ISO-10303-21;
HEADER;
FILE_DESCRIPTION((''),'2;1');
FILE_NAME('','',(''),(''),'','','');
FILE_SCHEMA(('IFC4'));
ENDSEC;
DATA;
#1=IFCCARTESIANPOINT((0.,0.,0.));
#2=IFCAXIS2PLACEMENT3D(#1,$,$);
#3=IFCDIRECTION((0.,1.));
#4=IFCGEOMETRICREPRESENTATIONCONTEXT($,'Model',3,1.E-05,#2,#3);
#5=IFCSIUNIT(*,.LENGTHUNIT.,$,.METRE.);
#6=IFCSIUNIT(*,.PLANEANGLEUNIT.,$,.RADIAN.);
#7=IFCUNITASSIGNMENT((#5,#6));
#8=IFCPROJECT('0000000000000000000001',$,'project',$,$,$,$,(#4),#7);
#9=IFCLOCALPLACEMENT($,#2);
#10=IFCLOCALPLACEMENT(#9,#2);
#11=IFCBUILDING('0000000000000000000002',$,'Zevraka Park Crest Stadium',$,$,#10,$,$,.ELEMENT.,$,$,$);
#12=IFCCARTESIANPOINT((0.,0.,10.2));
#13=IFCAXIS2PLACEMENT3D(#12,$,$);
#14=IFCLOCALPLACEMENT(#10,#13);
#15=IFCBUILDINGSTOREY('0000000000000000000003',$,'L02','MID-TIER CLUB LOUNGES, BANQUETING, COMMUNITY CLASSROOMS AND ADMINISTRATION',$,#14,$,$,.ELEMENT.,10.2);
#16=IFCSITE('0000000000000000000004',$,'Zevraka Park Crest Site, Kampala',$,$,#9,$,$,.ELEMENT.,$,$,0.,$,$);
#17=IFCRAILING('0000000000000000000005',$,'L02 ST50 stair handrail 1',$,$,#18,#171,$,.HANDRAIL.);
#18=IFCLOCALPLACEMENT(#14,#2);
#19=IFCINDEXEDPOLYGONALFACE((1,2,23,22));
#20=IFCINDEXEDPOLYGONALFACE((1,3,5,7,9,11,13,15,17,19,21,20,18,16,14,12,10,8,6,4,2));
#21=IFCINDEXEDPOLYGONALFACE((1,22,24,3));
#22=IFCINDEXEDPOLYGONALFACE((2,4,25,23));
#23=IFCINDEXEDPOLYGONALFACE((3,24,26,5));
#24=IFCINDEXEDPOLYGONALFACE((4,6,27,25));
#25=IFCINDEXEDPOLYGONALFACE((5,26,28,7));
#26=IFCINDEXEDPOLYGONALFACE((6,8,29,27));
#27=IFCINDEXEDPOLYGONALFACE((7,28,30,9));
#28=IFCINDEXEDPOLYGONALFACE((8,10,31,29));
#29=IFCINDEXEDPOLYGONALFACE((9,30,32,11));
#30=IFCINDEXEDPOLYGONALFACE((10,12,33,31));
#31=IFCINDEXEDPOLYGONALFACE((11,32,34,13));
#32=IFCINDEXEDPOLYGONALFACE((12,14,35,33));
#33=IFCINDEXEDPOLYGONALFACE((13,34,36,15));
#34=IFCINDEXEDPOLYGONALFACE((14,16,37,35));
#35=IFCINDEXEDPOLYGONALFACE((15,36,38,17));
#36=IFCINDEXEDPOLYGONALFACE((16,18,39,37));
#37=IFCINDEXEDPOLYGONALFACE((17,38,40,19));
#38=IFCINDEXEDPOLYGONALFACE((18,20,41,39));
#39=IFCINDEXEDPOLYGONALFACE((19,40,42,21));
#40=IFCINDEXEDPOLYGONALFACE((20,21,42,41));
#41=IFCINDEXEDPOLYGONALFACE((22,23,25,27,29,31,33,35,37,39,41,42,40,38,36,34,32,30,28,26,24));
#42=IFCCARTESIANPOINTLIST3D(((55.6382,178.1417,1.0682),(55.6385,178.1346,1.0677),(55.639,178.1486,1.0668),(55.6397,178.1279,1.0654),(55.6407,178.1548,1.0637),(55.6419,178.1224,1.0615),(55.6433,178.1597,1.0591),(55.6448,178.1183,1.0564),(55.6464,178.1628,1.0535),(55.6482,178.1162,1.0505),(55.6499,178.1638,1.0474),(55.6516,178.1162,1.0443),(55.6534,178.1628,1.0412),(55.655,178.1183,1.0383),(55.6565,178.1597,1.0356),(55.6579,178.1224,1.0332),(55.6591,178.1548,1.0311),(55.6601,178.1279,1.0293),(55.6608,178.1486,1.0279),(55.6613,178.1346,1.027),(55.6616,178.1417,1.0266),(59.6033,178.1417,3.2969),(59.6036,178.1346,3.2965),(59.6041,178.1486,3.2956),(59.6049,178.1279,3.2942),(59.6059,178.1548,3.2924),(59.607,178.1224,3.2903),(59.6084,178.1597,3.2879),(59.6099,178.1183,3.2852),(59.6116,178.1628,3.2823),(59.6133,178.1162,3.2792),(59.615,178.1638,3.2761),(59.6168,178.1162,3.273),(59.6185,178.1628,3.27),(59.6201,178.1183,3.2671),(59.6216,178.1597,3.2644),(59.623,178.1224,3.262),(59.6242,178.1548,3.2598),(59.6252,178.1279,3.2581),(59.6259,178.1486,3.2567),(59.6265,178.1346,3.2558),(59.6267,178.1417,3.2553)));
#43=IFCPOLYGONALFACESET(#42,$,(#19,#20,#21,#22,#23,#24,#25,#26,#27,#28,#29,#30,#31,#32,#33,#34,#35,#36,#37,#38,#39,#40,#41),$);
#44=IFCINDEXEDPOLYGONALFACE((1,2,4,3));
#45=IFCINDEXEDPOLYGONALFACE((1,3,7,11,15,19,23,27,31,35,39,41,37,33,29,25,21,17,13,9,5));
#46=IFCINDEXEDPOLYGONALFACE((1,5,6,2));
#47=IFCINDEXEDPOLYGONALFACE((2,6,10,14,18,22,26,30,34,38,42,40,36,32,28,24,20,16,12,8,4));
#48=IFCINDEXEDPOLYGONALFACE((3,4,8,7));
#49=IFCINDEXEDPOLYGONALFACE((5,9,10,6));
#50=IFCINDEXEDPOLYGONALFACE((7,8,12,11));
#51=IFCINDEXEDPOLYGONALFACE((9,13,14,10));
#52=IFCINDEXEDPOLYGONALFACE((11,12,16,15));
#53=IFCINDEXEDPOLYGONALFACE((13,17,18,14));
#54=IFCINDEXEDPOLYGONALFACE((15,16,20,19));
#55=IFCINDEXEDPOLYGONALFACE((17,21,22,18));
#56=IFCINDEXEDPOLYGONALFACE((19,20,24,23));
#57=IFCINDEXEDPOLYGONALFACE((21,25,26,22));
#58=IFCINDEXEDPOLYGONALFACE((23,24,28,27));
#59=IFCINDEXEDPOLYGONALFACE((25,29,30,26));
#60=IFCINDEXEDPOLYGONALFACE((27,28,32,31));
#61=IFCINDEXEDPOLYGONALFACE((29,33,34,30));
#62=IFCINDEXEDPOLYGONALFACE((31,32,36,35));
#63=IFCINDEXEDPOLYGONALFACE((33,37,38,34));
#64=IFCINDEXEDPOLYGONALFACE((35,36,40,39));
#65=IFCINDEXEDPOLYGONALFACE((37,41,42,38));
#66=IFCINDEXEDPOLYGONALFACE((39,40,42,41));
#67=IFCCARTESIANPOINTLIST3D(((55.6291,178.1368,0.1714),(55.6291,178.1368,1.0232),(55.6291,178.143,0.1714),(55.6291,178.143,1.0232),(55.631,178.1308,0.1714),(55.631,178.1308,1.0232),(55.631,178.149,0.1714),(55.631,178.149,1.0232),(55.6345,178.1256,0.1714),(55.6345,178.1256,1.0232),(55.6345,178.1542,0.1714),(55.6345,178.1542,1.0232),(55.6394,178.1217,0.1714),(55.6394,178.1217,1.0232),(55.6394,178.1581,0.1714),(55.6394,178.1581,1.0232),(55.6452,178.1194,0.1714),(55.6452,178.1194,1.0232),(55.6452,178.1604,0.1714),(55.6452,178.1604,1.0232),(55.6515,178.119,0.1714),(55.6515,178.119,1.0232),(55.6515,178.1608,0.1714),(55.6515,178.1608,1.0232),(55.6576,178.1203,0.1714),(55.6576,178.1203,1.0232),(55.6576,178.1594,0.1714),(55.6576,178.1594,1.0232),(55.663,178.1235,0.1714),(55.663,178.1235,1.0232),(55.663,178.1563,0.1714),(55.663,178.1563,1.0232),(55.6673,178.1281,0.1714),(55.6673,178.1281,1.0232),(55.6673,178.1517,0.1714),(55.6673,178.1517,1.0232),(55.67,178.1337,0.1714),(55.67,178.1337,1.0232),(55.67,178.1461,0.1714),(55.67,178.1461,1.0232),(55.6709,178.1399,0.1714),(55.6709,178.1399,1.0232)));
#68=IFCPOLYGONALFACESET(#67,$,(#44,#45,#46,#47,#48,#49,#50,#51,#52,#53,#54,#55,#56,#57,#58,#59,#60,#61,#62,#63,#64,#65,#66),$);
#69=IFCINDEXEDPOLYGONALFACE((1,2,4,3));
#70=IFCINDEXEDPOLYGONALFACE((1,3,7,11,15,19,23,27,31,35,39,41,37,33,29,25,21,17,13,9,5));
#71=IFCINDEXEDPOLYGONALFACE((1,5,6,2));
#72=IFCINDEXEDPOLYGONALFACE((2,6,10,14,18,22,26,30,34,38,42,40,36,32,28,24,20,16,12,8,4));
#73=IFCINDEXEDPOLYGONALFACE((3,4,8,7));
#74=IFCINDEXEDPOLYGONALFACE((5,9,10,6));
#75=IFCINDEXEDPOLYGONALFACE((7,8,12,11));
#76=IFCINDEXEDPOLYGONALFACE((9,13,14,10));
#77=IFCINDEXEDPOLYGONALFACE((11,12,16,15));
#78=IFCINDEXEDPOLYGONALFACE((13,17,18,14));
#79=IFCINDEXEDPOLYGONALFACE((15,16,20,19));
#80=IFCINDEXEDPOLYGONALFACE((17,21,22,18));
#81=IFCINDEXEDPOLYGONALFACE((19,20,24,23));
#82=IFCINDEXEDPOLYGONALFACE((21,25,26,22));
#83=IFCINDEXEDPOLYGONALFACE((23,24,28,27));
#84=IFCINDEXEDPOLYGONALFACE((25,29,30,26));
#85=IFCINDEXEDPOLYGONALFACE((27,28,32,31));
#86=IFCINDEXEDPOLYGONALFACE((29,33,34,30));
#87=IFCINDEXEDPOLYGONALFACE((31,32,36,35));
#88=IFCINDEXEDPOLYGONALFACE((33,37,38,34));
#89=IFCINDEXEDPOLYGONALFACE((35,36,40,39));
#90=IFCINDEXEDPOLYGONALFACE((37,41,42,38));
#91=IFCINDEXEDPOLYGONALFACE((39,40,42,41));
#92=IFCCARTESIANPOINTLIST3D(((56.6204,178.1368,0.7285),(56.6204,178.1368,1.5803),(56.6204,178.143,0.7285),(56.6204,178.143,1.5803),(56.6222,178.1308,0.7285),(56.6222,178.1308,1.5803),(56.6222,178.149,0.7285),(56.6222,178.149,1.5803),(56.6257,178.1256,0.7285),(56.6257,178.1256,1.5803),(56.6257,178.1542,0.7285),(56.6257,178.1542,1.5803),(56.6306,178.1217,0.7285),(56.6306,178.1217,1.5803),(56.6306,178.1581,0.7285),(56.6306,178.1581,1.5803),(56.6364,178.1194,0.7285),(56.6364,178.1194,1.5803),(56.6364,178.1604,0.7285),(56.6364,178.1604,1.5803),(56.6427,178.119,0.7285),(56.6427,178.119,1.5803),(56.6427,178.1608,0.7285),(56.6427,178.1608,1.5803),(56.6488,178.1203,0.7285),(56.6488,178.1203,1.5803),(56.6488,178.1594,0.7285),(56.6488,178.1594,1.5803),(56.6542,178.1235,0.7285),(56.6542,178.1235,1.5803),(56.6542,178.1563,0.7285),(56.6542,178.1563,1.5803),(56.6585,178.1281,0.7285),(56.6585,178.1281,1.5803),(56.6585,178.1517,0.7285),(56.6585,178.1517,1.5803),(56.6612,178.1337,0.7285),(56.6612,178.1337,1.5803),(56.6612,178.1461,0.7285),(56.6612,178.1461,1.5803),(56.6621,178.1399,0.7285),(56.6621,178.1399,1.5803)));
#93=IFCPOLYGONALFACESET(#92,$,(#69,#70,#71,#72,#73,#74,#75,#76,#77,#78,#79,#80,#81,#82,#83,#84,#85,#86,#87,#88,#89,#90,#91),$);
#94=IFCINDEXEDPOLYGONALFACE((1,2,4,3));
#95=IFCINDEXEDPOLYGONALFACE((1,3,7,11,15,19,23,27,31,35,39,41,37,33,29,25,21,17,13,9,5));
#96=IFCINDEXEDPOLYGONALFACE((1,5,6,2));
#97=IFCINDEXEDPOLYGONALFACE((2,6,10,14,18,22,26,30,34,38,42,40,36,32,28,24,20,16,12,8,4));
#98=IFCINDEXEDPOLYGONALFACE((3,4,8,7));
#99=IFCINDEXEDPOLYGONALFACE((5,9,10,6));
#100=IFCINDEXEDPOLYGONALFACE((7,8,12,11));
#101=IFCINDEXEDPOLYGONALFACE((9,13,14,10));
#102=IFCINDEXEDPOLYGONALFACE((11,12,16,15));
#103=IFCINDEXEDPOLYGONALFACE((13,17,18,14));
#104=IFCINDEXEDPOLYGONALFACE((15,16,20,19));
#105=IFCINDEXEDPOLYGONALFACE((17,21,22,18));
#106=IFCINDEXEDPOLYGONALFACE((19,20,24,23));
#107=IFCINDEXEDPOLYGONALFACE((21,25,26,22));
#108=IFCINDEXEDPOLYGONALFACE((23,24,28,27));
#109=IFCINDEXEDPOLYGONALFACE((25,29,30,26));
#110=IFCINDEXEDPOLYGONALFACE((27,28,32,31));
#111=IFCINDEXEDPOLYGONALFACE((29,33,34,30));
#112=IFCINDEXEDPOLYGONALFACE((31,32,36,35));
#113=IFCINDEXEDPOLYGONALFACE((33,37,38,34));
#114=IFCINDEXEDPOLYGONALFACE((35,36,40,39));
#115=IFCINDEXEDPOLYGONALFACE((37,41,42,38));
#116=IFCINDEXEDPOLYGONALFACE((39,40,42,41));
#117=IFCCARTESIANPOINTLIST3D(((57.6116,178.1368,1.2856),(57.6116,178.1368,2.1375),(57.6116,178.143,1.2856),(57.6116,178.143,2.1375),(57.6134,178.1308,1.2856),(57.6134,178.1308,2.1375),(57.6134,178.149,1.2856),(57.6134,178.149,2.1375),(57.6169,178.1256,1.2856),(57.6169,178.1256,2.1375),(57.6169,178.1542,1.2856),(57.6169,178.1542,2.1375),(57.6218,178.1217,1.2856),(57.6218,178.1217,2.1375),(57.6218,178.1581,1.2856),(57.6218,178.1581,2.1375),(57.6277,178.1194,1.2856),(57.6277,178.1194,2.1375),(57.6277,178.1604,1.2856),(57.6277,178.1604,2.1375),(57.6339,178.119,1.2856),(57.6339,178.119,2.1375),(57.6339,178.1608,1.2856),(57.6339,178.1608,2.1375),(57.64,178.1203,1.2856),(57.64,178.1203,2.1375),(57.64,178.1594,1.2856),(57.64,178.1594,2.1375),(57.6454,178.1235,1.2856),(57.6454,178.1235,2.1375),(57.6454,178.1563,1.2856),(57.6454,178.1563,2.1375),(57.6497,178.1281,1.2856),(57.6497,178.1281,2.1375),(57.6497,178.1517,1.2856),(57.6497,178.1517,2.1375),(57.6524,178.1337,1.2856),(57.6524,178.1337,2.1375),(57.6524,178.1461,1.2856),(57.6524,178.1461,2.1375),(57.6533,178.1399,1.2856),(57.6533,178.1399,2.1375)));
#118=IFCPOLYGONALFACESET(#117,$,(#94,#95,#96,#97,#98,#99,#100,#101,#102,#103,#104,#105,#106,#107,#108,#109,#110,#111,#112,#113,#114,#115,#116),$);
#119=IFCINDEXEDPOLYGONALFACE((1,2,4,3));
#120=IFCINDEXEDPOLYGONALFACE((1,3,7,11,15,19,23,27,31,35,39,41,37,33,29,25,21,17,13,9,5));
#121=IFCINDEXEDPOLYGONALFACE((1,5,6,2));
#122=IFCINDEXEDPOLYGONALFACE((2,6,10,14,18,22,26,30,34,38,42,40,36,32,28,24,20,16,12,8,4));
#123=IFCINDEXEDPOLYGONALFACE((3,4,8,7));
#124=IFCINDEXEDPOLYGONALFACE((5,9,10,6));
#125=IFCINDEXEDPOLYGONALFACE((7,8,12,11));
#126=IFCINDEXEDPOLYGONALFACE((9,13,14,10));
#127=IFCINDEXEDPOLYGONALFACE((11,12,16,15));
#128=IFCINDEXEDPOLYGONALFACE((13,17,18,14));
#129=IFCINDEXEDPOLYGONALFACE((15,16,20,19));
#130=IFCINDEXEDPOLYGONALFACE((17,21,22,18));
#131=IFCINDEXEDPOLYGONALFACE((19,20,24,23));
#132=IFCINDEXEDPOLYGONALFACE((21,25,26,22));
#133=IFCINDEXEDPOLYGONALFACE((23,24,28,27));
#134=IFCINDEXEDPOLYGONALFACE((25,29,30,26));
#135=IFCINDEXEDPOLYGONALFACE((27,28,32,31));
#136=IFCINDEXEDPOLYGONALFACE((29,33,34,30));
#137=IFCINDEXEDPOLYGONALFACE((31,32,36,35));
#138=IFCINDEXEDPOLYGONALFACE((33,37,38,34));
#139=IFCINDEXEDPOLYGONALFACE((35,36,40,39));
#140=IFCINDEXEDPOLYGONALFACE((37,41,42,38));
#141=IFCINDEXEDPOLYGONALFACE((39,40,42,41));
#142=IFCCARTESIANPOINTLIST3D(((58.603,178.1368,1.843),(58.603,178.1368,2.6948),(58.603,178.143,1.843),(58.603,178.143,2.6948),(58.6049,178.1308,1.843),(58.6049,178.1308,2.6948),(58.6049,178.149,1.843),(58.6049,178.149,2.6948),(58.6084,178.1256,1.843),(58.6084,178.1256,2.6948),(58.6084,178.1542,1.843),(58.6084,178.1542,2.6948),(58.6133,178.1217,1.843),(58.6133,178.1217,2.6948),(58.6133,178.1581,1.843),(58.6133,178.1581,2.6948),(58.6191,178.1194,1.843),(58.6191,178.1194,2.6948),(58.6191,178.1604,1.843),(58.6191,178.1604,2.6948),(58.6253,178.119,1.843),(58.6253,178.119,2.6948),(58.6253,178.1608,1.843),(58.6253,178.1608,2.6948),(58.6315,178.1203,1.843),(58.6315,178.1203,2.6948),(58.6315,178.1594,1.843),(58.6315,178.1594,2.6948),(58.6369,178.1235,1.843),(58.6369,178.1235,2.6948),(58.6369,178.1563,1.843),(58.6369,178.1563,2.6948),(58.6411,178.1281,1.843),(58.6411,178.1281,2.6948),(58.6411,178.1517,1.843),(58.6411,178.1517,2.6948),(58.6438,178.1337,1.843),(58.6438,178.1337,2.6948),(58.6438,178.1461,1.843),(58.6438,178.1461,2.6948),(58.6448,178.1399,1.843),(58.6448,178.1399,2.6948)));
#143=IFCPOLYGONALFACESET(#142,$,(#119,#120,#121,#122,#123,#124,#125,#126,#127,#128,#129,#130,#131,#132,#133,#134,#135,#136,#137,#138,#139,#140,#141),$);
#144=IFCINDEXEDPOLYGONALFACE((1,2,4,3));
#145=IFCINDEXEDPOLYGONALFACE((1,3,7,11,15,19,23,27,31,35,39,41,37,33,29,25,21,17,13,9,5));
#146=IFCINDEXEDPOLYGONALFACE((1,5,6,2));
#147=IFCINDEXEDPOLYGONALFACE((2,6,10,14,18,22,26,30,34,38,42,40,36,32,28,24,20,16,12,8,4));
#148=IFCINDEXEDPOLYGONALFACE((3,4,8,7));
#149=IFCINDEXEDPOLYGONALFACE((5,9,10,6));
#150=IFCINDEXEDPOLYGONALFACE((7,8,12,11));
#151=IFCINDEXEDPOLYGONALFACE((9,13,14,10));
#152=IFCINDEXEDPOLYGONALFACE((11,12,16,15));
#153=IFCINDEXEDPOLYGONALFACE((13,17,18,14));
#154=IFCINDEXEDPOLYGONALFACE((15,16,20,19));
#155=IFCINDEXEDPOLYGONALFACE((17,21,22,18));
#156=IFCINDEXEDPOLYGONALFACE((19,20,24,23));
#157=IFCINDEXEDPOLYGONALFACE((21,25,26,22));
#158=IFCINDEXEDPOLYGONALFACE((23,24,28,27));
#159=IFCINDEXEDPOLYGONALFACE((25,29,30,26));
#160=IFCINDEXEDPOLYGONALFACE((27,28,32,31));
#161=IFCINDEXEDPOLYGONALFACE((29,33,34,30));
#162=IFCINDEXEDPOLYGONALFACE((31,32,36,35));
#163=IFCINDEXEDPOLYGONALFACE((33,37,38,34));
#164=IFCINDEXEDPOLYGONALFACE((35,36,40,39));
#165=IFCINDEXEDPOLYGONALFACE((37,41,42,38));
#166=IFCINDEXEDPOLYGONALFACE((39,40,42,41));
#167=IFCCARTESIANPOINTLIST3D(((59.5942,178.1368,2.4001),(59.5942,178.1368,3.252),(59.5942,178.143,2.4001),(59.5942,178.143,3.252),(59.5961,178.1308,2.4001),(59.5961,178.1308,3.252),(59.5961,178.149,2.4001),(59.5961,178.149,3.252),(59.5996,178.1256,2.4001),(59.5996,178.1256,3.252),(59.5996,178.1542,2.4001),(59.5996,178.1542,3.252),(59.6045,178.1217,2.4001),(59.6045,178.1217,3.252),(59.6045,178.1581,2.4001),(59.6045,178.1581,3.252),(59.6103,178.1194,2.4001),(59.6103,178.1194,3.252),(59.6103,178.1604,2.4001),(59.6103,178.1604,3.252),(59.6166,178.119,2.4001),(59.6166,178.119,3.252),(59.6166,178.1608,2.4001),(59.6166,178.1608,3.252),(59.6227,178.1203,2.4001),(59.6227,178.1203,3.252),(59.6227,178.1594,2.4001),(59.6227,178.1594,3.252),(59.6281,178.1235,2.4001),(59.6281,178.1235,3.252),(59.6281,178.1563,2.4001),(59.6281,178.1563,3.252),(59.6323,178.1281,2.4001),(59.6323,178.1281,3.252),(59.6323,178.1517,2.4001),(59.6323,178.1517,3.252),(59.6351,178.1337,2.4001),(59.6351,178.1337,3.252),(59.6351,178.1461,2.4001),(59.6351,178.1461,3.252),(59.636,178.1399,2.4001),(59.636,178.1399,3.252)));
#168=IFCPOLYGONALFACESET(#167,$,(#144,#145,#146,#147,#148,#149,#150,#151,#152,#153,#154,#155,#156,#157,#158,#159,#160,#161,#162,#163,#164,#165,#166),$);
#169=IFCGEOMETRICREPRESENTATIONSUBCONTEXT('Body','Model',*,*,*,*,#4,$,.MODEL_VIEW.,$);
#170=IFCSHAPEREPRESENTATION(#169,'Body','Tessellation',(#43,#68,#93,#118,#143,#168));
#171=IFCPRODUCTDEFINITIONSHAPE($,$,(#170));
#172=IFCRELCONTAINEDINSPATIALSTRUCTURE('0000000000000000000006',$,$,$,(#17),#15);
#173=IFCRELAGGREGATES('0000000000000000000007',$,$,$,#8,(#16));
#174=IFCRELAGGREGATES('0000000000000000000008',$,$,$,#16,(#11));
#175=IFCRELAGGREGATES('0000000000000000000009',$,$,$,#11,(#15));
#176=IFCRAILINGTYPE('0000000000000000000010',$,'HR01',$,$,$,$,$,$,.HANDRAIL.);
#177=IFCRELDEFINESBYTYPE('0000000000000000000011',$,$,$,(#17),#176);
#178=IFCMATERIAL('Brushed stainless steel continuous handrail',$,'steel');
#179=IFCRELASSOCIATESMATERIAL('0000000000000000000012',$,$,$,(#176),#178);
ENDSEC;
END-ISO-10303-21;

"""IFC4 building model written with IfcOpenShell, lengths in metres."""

from ifc_helpers import new_model, si_unit, direction, frame, origin, origin_2d, place, context, subcontext, project, spatial, circle, extrude, material, type_object, element, save


model = new_model("IFC4")

# Units and contexts
model_context = context("Model", 3, precision=1e-05, world=origin(), true_north=direction((0.0, 1.0)))
body_context = subcontext(model_context, "Body", "Model", "MODEL_VIEW")
ifc_project = project(units=[si_unit("LENGTHUNIT", "METRE"), si_unit("PLANEANGLEUNIT", "RADIAN")], contexts=[model_context])

# Site, building, storey
site_placement = place(None, origin())
site = spatial("IfcSite", under=ifc_project, at=site_placement, Name="Zevraka Park Crest Site, Kampala", CompositionType="ELEMENT", RefElevation=0.0)
building_placement = place(site_placement, origin())
building = spatial("IfcBuilding", under=site, at=building_placement, Name="Zevraka Park Crest Stadium", CompositionType="ELEMENT")
storey_placement = place(building_placement, frame((0.0, 0.0, 10.2)))
storey = spatial("IfcBuildingStorey", under=building, at=storey_placement, Name="L02", Description="MID-TIER CLUB LOUNGES, BANQUETING, COMMUNITY CLASSROOMS AND ADMINISTRATION", CompositionType="ELEMENT", Elevation=10.2)

# Railing
ifc_material_1 = material(Name="Brushed stainless steel continuous handrail", Category="steel")
railing_type_1 = type_object("IfcRailingType", Name="HR01", PredefinedType="HANDRAIL", material=ifc_material_1)
railing_1_placement = place(storey_placement, frame((55.6499, 178.1399, 0.1714)))
element("IfcRailing", 1, at=railing_1_placement, inside=storey, type_object=railing_type_1, Name="L02 ST50 stair handrail 1", PredefinedType="HANDRAIL", context=body_context, shape_type="SweptSolid", body=[
    extrude(circle(Radius=0.0239, at=origin_2d()), frame((0.0, 0.0, 0.876), z_axis=(0.871726, 0.0, 0.489994), x_axis=(0.0, 1.0, 0.0)), (0.0, 0.0, 1.0), 4.5486),
    extrude(circle(Radius=0.021, at=origin_2d()), origin(), (0.0, 0.0, 1.0), 0.8518),
    extrude(circle(Radius=0.021, at=origin_2d()), frame((0.9912, 0.0, 0.5571)), (0.0, 0.0, 1.0), 0.8518),
    extrude(circle(Radius=0.021, at=origin_2d()), frame((1.9824, 0.0, 1.1143)), (0.0, 0.0, 1.0), 0.8518),
    extrude(circle(Radius=0.021, at=origin_2d()), frame((2.9739, 0.0, 1.6716)), (0.0, 0.0, 1.0), 0.8518),
    extrude(circle(Radius=0.021, at=origin_2d()), frame((3.9651, 0.0, 2.2288)), (0.0, 0.0, 1.0), 0.8518),
])

save(model, "model.ifc")
